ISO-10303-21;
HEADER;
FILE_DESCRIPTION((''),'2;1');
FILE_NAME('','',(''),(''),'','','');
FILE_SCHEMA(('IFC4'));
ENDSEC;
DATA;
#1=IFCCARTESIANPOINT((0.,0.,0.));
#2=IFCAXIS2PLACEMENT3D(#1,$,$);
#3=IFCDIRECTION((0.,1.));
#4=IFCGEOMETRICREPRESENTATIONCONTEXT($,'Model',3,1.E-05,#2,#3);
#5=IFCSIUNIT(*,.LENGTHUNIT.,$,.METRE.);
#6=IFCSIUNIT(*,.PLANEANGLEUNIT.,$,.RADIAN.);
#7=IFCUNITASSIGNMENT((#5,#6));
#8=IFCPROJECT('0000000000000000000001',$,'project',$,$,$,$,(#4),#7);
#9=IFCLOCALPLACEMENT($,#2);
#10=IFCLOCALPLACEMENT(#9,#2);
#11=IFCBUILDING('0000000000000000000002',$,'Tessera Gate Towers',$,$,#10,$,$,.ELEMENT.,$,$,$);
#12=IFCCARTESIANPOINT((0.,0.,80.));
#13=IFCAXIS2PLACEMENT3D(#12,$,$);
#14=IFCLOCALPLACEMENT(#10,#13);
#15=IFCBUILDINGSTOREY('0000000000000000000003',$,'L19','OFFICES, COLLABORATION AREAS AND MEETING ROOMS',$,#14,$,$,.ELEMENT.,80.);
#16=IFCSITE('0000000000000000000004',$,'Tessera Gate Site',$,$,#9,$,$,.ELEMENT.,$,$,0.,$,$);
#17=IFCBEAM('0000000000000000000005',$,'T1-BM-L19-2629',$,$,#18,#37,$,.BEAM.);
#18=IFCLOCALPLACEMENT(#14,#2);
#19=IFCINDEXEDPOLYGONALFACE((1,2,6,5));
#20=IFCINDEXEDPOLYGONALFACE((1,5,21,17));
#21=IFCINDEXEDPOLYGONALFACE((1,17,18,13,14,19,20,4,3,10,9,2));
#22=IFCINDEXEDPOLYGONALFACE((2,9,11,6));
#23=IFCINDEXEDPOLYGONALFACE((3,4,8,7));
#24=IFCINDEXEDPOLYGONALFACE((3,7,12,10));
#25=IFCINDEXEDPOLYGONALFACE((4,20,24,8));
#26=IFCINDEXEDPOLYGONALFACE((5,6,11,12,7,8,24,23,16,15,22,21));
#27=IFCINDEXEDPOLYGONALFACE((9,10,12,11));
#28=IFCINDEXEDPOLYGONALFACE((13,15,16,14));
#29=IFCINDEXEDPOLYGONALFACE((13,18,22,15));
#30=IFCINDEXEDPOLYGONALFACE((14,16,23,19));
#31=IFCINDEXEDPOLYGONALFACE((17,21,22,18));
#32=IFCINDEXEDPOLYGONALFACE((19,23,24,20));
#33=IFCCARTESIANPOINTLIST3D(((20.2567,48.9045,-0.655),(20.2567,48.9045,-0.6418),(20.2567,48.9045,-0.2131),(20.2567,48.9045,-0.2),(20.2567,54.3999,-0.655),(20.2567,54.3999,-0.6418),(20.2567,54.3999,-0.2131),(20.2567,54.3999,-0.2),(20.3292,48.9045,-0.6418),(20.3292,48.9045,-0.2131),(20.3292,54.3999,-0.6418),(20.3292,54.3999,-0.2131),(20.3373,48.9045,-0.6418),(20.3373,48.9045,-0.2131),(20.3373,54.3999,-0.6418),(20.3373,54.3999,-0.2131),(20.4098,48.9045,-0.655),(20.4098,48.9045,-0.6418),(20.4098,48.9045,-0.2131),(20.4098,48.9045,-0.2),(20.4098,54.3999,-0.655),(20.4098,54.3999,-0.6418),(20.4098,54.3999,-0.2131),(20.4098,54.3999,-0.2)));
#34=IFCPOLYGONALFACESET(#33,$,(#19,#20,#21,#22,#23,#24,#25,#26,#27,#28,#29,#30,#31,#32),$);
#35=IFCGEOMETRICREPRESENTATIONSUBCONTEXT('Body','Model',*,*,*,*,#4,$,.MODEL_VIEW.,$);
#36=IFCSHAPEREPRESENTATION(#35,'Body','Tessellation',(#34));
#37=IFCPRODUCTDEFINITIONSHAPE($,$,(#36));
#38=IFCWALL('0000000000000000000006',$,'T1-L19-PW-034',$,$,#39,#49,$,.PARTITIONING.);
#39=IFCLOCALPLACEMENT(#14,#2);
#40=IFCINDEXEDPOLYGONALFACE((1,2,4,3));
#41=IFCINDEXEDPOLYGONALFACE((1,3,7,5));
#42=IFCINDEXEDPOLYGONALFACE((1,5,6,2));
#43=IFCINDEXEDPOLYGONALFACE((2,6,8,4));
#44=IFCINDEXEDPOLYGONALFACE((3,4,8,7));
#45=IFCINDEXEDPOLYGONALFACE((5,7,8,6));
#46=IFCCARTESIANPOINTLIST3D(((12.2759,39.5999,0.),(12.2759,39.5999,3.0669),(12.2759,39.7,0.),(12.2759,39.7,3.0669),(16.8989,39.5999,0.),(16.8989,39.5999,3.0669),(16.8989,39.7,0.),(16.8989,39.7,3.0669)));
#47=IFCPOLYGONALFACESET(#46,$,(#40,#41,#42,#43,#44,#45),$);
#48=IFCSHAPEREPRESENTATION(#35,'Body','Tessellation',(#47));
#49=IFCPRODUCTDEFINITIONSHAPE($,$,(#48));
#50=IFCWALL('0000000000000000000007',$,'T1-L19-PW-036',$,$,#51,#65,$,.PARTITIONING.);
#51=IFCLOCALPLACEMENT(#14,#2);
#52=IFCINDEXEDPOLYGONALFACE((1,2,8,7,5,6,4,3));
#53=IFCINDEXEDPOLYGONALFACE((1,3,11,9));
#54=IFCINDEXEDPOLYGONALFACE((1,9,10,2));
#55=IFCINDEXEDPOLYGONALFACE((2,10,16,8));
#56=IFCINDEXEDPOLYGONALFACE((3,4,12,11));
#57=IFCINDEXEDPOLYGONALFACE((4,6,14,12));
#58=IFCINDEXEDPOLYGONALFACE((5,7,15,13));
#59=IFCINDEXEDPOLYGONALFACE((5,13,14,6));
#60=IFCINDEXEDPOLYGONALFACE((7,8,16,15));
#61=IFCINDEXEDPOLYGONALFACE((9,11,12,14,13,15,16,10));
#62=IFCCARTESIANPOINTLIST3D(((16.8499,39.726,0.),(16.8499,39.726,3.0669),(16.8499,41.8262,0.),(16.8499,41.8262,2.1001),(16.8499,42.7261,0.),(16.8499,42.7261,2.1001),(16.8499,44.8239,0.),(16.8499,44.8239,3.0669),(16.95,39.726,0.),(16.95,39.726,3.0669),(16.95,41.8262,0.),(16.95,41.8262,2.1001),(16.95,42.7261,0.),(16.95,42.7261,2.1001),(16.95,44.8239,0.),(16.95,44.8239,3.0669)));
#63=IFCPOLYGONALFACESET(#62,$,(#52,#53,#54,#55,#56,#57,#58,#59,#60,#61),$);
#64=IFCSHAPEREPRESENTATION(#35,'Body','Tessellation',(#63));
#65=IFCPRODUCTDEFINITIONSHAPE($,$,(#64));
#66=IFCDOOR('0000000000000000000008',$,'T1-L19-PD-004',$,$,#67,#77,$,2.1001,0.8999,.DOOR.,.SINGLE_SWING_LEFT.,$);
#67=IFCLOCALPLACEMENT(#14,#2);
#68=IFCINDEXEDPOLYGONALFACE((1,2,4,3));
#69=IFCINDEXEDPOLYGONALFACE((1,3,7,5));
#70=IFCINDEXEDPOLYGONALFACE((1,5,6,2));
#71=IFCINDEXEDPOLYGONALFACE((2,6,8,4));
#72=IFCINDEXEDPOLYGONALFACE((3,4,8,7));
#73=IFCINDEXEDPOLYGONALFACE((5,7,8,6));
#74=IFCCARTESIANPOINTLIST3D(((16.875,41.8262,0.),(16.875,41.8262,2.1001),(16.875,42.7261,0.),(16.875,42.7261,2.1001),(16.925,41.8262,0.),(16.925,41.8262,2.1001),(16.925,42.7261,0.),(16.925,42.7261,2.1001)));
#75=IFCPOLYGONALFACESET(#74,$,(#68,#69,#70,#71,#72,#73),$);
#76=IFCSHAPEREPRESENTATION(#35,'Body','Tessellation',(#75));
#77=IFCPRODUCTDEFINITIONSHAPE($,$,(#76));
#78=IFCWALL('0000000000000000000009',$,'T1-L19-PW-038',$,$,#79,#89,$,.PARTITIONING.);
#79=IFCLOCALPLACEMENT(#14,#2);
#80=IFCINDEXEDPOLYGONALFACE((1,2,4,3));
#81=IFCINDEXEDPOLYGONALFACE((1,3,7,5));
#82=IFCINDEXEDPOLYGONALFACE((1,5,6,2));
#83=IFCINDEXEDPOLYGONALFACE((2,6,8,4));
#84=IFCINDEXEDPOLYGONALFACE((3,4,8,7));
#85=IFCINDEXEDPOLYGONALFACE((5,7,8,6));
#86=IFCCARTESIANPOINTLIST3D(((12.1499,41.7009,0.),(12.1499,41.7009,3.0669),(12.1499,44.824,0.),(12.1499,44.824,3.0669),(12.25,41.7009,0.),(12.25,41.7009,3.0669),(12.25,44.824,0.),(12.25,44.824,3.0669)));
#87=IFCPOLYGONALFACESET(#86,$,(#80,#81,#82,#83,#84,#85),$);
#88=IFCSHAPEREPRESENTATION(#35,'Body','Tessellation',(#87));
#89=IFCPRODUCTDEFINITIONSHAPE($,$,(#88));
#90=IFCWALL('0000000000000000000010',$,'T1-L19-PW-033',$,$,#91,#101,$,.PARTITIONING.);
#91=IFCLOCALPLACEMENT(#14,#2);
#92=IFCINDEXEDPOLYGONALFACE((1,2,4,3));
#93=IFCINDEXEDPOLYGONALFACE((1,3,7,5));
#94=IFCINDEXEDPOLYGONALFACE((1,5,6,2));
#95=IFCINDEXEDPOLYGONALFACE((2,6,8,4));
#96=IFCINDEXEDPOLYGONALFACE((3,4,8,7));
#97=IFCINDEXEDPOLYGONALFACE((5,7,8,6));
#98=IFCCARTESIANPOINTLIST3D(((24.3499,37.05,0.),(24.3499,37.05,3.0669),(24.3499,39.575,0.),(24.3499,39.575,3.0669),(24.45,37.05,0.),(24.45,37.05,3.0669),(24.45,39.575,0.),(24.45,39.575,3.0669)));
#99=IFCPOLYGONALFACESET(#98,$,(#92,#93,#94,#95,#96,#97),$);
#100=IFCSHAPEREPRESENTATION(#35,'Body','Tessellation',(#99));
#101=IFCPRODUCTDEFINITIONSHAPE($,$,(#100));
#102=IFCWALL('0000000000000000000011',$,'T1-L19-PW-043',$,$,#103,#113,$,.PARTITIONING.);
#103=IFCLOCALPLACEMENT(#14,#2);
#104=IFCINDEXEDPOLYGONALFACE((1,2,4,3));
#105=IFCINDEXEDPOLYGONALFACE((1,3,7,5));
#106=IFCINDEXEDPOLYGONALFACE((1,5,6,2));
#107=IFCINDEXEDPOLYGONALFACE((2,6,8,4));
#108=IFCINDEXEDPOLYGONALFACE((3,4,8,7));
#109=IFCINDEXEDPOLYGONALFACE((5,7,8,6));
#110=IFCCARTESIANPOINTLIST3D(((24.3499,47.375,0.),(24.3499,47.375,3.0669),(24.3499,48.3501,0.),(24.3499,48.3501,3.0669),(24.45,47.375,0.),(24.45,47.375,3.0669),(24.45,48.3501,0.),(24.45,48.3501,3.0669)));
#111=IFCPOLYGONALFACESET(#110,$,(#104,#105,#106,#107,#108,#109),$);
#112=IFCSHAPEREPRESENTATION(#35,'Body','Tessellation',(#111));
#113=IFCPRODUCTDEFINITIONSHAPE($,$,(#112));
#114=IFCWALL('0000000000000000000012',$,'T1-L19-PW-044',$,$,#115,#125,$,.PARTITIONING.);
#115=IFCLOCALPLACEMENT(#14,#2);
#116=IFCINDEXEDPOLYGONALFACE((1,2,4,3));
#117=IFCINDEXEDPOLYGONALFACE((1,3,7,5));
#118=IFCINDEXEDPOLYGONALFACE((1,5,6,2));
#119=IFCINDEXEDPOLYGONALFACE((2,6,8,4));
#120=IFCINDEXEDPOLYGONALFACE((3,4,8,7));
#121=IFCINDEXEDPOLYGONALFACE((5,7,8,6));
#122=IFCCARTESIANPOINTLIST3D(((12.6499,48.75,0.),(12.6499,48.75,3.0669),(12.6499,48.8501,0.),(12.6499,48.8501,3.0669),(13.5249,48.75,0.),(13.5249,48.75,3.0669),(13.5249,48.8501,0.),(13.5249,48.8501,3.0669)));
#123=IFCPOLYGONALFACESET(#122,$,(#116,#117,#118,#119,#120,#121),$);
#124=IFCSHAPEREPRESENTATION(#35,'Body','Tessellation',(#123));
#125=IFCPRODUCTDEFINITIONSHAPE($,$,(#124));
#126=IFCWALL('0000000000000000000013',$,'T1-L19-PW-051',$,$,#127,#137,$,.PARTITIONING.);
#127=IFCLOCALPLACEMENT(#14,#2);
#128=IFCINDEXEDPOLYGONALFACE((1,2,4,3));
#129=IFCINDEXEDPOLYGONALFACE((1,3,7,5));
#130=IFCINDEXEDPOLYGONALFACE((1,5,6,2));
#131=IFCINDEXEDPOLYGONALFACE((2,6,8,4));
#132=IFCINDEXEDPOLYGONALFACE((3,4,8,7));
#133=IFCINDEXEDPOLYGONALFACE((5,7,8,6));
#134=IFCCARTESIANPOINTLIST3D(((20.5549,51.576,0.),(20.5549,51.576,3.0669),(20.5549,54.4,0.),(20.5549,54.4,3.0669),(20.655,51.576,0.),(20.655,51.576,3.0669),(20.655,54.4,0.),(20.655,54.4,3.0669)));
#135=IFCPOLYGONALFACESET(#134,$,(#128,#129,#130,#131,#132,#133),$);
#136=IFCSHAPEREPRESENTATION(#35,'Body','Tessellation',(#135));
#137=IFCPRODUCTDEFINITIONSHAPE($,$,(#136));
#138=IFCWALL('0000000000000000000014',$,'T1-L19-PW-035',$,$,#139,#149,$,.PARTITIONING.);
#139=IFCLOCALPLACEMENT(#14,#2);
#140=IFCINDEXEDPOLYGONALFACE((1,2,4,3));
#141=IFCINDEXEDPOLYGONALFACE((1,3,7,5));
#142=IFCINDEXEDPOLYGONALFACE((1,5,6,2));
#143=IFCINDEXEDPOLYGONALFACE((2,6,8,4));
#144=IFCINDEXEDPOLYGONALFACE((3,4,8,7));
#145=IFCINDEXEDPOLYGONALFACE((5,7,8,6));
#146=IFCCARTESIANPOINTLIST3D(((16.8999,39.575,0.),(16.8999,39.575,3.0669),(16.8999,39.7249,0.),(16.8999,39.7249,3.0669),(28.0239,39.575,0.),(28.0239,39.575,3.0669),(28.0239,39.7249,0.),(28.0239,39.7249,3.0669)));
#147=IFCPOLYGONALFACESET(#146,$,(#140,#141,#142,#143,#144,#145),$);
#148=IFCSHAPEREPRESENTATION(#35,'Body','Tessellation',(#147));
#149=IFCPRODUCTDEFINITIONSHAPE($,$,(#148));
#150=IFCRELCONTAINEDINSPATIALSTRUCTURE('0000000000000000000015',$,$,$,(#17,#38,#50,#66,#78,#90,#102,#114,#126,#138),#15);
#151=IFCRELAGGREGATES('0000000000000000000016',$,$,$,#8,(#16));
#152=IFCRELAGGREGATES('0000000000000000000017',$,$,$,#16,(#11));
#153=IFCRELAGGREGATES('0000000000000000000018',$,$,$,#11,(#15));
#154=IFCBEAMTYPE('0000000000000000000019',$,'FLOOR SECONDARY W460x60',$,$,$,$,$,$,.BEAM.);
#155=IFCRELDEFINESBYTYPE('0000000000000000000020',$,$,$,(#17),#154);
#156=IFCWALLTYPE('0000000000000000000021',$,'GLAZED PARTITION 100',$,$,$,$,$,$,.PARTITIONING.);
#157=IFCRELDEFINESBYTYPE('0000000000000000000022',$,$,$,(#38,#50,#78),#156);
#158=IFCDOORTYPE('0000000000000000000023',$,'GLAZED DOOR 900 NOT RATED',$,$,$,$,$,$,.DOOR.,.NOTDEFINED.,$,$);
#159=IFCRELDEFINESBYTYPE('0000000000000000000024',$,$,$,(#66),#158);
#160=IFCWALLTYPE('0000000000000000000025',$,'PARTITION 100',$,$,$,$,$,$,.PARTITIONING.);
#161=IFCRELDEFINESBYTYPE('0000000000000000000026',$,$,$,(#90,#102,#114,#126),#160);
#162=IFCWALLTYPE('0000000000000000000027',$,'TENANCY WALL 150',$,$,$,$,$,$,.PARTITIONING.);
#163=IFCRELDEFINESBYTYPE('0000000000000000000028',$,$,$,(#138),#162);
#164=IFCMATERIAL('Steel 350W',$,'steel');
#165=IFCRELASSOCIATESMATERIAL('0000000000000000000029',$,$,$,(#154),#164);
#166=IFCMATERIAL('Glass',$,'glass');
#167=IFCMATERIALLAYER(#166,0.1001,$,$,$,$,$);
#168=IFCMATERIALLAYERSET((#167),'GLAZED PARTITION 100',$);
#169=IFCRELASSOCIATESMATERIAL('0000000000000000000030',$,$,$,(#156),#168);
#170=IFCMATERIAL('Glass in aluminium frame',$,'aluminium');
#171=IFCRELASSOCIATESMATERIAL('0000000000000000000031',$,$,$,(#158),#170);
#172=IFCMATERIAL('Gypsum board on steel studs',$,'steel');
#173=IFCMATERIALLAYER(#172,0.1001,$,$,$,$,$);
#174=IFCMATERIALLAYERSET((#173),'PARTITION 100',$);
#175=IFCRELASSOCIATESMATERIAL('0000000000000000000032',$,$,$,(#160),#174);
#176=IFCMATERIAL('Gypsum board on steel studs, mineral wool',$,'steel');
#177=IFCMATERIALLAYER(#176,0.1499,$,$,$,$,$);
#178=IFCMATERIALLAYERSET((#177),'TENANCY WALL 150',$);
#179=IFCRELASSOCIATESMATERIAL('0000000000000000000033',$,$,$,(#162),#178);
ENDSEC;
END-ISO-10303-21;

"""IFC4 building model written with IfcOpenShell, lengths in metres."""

from ifc_helpers import new_model, si_unit, direction, frame, frame_2d, origin, origin_2d, place, context, subcontext, project, spatial, rectangle, i_section, extrude, source, transform, mapped, material, layer, layer_set, material_profile, profile_set, type_object, element, fill, save


model = new_model("IFC4")

# Units and contexts
model_context = context("Model", 3, precision=1e-05, world=origin(), true_north=direction((0.0, 1.0)))
body_context = subcontext(model_context, "Body", "Model", "MODEL_VIEW")
ifc_project = project(units=[si_unit("LENGTHUNIT", "METRE"), si_unit("PLANEANGLEUNIT", "RADIAN")], contexts=[model_context])

# Site, building, storey
site_placement = place(None, origin())
site = spatial("IfcSite", under=ifc_project, at=site_placement, Name="Tessera Gate Site", CompositionType="ELEMENT", RefElevation=0.0)
building_placement = place(site_placement, origin())
building = spatial("IfcBuilding", under=site, at=building_placement, Name="Tessera Gate Towers", CompositionType="ELEMENT")
storey_placement = place(building_placement, frame((0.0, 0.0, 80.0)))
storey = spatial("IfcBuildingStorey", under=building, at=storey_placement, Name="L19", Description="OFFICES, COLLABORATION AREAS AND MEETING ROOMS", CompositionType="ELEMENT", Elevation=80.0)

# Beam
ifc_material_1 = material(Name="Steel 350W", Category="steel")
ifc_material_profile_1 = material_profile(ifc_material_1, i_section(OverallWidth=0.1531, OverallDepth=0.4551, WebThickness=0.0081, FlangeThickness=0.0132, at=origin_2d()), Name="W460x60")
ifc_profile_set_1 = profile_set([ifc_material_profile_1], Name="Steel 350W")
beam_type_1 = type_object("IfcBeamType", Name="FLOOR SECONDARY W460x60", PredefinedType="BEAM", material=ifc_profile_set_1)
beam_1_placement = place(storey_placement, frame((20.3333, 48.9045, -0.4275), z_axis=(0.0, 1.0, 0.0), x_axis=(-1.0, 0.0, 0.0)))
element("IfcBeam", 1, at=beam_1_placement, inside=storey, type_object=beam_type_1, Name="T1-BM-L19-2629", PredefinedType="BEAM", context=body_context, shape_type="SweptSolid", body=[
    extrude(i_section(OverallWidth=0.1531, OverallDepth=0.4551, WebThickness=0.0081, FlangeThickness=0.0132, at=origin_2d()), origin(), (0.0, 0.0, 1.0), 5.4954),
])

# Wall
ifc_material_2 = material(Name="Glass", Category="glass")
ifc_layer_1 = layer(ifc_material_2, 0.1001)
ifc_layer_set_1 = layer_set([ifc_layer_1], Name="GLAZED PARTITION 100")
wall_type_1 = type_object("IfcWallType", Name="GLAZED PARTITION 100", PredefinedType="PARTITIONING", material=ifc_layer_set_1)
wall_1_placement = place(storey_placement, frame((12.2759, 39.6499, 0.0), z_axis=(0.0, 0.0, 1.0), x_axis=(1.0, 0.0, 0.0)))
element("IfcWall", 2, at=wall_1_placement, inside=storey, type_object=wall_type_1, Name="T1-L19-PW-034", PredefinedType="PARTITIONING", context=body_context, shape_type="SweptSolid", body=[
    extrude(rectangle(XDim=4.623, YDim=0.1001, at=frame_2d((2.3115, 0.0))), origin(), (0.0, 0.0, 1.0), 3.0669),
])

# Wall, opening, door
wall_2_placement = place(storey_placement, frame((16.8999, 39.7261, 0.0), z_axis=(0.0, 0.0, 1.0), x_axis=(0.0, 1.0, 0.0)))
wall_2 = element("IfcWall", 3, at=wall_2_placement, inside=storey, type_object=wall_type_1, Name="T1-L19-PW-036", PredefinedType="PARTITIONING", context=body_context, shape_type="SweptSolid", body=[
    extrude(rectangle(XDim=5.0979, YDim=0.1001, at=frame_2d((2.5488, 0.0))), origin(), (0.0, 0.0, 1.0), 3.0669),
])
shared_shape_1 = source(origin(), body_context, "Body", "SweptSolid", [
    extrude(rectangle(XDim=0.8999, YDim=2.1001, at=frame_2d((0.45, 1.05))), frame((0.0, 0.0601, 0.0), z_axis=(0.0, -1.0, 0.0), x_axis=(1.0, 0.0, 0.0)), (0.0, 0.0, 1.0), 0.1201),
])
opening_1_placement = place(wall_2_placement, frame((2.1001, 0.0, 0.0)))
opening_1 = element("IfcOpeningElement", 4, at=opening_1_placement, cuts=wall_2, PredefinedType="OPENING", context=body_context, shape_type="MappedRepresentation", body=[
    mapped(shared_shape_1, transform((0.0, 0.0, 0.0), scale=1.0)),
])
ifc_material_3 = material(Name="Glass in aluminium frame", Category="aluminium")
door_type_1 = type_object("IfcDoorType", Name="GLAZED DOOR 900 NOT RATED", OperationType="NOTDEFINED", PredefinedType="DOOR", material=ifc_material_3)
shared_shape_2 = source(origin(), body_context, "Body", "SweptSolid", [
    extrude(rectangle(XDim=0.8999, YDim=2.1001, at=frame_2d((0.45, 1.05))), frame((0.0, 0.0249, 0.0), z_axis=(0.0, -1.0, 0.0), x_axis=(1.0, 0.0, 0.0)), (0.0, 0.0, 1.0), 0.05),
])
door_1_placement = place(opening_1_placement, origin())
door_1 = element("IfcDoor", 5, at=door_1_placement, inside=storey, type_object=door_type_1, Name="T1-L19-PD-004", OperationType="SINGLE_SWING_LEFT", OverallHeight=2.1001, OverallWidth=0.8999, PredefinedType="DOOR", context=body_context, shape_type="MappedRepresentation", body=[
    mapped(shared_shape_2, transform((0.0, 0.0, 0.0), scale=1.0)),
])
fill(opening_1, door_1)

# Walls
wall_3_placement = place(storey_placement, frame((12.2, 41.7009, 0.0), z_axis=(0.0, 0.0, 1.0), x_axis=(0.0, 1.0, 0.0)))
element("IfcWall", 6, at=wall_3_placement, inside=storey, type_object=wall_type_1, Name="T1-L19-PW-038", PredefinedType="PARTITIONING", context=body_context, shape_type="SweptSolid", body=[
    extrude(rectangle(XDim=3.123, YDim=0.1001, at=frame_2d((1.5615, 0.0))), origin(), (0.0, 0.0, 1.0), 3.0669),
])
ifc_material_4 = material(Name="Gypsum board on steel studs", Category="steel")
ifc_layer_2 = layer(ifc_material_4, 0.1001)
ifc_layer_set_2 = layer_set([ifc_layer_2], Name="PARTITION 100")
wall_type_2 = type_object("IfcWallType", Name="PARTITION 100", PredefinedType="PARTITIONING", material=ifc_layer_set_2)
wall_4_placement = place(storey_placement, frame((24.3999, 37.05, 0.0), z_axis=(0.0, 0.0, 1.0), x_axis=(0.0, 1.0, 0.0)))
element("IfcWall", 7, at=wall_4_placement, inside=storey, type_object=wall_type_2, Name="T1-L19-PW-033", PredefinedType="PARTITIONING", context=body_context, shape_type="SweptSolid", body=[
    extrude(rectangle(XDim=2.5249, YDim=0.1001, at=frame_2d((1.2625, 0.0))), origin(), (0.0, 0.0, 1.0), 3.0669),
])
wall_5_placement = place(storey_placement, frame((24.3999, 48.3501, 0.0), z_axis=(0.0, 0.0, 1.0), x_axis=(0.0, -1.0, 0.0)))
element("IfcWall", 8, at=wall_5_placement, inside=storey, type_object=wall_type_2, Name="T1-L19-PW-043", PredefinedType="PARTITIONING", context=body_context, shape_type="SweptSolid", body=[
    extrude(rectangle(XDim=0.9751, YDim=0.1001, at=frame_2d((0.4875, 0.0))), origin(), (0.0, 0.0, 1.0), 3.0669),
])
wall_6_placement = place(storey_placement, frame((12.6499, 48.8, 0.0), z_axis=(0.0, 0.0, 1.0), x_axis=(1.0, 0.0, 0.0)))
element("IfcWall", 9, at=wall_6_placement, inside=storey, type_object=wall_type_2, Name="T1-L19-PW-044", PredefinedType="PARTITIONING", context=body_context, shape_type="SweptSolid", body=[
    extrude(rectangle(XDim=0.875, YDim=0.1001, at=frame_2d((0.4375, 0.0))), origin(), (0.0, 0.0, 1.0), 3.0669),
])
wall_7_placement = place(storey_placement, frame((20.605, 51.5759, 0.0), z_axis=(0.0, 0.0, 1.0), x_axis=(0.0, 1.0, 0.0)))
element("IfcWall", 10, at=wall_7_placement, inside=storey, type_object=wall_type_2, Name="T1-L19-PW-051", PredefinedType="PARTITIONING", context=body_context, shape_type="SweptSolid", body=[
    extrude(rectangle(XDim=2.824, YDim=0.1001, at=frame_2d((1.4121, 0.0))), origin(), (0.0, 0.0, 1.0), 3.0669),
])
ifc_material_5 = material(Name="Gypsum board on steel studs, mineral wool", Category="steel")
ifc_layer_3 = layer(ifc_material_5, 0.1499)
ifc_layer_set_3 = layer_set([ifc_layer_3], Name="TENANCY WALL 150")
wall_type_3 = type_object("IfcWallType", Name="TENANCY WALL 150", PredefinedType="PARTITIONING", material=ifc_layer_set_3)
wall_8_placement = place(storey_placement, frame((16.8999, 39.6499, 0.0), z_axis=(0.0, 0.0, 1.0), x_axis=(1.0, 0.0, 0.0)))
element("IfcWall", 11, at=wall_8_placement, inside=storey, type_object=wall_type_3, Name="T1-L19-PW-035", PredefinedType="PARTITIONING", context=body_context, shape_type="SweptSolid", body=[
    extrude(rectangle(XDim=11.124, YDim=0.1499, at=frame_2d((5.562, 0.0))), origin(), (0.0, 0.0, 1.0), 3.0669),
])

save(model, "model.ifc")
